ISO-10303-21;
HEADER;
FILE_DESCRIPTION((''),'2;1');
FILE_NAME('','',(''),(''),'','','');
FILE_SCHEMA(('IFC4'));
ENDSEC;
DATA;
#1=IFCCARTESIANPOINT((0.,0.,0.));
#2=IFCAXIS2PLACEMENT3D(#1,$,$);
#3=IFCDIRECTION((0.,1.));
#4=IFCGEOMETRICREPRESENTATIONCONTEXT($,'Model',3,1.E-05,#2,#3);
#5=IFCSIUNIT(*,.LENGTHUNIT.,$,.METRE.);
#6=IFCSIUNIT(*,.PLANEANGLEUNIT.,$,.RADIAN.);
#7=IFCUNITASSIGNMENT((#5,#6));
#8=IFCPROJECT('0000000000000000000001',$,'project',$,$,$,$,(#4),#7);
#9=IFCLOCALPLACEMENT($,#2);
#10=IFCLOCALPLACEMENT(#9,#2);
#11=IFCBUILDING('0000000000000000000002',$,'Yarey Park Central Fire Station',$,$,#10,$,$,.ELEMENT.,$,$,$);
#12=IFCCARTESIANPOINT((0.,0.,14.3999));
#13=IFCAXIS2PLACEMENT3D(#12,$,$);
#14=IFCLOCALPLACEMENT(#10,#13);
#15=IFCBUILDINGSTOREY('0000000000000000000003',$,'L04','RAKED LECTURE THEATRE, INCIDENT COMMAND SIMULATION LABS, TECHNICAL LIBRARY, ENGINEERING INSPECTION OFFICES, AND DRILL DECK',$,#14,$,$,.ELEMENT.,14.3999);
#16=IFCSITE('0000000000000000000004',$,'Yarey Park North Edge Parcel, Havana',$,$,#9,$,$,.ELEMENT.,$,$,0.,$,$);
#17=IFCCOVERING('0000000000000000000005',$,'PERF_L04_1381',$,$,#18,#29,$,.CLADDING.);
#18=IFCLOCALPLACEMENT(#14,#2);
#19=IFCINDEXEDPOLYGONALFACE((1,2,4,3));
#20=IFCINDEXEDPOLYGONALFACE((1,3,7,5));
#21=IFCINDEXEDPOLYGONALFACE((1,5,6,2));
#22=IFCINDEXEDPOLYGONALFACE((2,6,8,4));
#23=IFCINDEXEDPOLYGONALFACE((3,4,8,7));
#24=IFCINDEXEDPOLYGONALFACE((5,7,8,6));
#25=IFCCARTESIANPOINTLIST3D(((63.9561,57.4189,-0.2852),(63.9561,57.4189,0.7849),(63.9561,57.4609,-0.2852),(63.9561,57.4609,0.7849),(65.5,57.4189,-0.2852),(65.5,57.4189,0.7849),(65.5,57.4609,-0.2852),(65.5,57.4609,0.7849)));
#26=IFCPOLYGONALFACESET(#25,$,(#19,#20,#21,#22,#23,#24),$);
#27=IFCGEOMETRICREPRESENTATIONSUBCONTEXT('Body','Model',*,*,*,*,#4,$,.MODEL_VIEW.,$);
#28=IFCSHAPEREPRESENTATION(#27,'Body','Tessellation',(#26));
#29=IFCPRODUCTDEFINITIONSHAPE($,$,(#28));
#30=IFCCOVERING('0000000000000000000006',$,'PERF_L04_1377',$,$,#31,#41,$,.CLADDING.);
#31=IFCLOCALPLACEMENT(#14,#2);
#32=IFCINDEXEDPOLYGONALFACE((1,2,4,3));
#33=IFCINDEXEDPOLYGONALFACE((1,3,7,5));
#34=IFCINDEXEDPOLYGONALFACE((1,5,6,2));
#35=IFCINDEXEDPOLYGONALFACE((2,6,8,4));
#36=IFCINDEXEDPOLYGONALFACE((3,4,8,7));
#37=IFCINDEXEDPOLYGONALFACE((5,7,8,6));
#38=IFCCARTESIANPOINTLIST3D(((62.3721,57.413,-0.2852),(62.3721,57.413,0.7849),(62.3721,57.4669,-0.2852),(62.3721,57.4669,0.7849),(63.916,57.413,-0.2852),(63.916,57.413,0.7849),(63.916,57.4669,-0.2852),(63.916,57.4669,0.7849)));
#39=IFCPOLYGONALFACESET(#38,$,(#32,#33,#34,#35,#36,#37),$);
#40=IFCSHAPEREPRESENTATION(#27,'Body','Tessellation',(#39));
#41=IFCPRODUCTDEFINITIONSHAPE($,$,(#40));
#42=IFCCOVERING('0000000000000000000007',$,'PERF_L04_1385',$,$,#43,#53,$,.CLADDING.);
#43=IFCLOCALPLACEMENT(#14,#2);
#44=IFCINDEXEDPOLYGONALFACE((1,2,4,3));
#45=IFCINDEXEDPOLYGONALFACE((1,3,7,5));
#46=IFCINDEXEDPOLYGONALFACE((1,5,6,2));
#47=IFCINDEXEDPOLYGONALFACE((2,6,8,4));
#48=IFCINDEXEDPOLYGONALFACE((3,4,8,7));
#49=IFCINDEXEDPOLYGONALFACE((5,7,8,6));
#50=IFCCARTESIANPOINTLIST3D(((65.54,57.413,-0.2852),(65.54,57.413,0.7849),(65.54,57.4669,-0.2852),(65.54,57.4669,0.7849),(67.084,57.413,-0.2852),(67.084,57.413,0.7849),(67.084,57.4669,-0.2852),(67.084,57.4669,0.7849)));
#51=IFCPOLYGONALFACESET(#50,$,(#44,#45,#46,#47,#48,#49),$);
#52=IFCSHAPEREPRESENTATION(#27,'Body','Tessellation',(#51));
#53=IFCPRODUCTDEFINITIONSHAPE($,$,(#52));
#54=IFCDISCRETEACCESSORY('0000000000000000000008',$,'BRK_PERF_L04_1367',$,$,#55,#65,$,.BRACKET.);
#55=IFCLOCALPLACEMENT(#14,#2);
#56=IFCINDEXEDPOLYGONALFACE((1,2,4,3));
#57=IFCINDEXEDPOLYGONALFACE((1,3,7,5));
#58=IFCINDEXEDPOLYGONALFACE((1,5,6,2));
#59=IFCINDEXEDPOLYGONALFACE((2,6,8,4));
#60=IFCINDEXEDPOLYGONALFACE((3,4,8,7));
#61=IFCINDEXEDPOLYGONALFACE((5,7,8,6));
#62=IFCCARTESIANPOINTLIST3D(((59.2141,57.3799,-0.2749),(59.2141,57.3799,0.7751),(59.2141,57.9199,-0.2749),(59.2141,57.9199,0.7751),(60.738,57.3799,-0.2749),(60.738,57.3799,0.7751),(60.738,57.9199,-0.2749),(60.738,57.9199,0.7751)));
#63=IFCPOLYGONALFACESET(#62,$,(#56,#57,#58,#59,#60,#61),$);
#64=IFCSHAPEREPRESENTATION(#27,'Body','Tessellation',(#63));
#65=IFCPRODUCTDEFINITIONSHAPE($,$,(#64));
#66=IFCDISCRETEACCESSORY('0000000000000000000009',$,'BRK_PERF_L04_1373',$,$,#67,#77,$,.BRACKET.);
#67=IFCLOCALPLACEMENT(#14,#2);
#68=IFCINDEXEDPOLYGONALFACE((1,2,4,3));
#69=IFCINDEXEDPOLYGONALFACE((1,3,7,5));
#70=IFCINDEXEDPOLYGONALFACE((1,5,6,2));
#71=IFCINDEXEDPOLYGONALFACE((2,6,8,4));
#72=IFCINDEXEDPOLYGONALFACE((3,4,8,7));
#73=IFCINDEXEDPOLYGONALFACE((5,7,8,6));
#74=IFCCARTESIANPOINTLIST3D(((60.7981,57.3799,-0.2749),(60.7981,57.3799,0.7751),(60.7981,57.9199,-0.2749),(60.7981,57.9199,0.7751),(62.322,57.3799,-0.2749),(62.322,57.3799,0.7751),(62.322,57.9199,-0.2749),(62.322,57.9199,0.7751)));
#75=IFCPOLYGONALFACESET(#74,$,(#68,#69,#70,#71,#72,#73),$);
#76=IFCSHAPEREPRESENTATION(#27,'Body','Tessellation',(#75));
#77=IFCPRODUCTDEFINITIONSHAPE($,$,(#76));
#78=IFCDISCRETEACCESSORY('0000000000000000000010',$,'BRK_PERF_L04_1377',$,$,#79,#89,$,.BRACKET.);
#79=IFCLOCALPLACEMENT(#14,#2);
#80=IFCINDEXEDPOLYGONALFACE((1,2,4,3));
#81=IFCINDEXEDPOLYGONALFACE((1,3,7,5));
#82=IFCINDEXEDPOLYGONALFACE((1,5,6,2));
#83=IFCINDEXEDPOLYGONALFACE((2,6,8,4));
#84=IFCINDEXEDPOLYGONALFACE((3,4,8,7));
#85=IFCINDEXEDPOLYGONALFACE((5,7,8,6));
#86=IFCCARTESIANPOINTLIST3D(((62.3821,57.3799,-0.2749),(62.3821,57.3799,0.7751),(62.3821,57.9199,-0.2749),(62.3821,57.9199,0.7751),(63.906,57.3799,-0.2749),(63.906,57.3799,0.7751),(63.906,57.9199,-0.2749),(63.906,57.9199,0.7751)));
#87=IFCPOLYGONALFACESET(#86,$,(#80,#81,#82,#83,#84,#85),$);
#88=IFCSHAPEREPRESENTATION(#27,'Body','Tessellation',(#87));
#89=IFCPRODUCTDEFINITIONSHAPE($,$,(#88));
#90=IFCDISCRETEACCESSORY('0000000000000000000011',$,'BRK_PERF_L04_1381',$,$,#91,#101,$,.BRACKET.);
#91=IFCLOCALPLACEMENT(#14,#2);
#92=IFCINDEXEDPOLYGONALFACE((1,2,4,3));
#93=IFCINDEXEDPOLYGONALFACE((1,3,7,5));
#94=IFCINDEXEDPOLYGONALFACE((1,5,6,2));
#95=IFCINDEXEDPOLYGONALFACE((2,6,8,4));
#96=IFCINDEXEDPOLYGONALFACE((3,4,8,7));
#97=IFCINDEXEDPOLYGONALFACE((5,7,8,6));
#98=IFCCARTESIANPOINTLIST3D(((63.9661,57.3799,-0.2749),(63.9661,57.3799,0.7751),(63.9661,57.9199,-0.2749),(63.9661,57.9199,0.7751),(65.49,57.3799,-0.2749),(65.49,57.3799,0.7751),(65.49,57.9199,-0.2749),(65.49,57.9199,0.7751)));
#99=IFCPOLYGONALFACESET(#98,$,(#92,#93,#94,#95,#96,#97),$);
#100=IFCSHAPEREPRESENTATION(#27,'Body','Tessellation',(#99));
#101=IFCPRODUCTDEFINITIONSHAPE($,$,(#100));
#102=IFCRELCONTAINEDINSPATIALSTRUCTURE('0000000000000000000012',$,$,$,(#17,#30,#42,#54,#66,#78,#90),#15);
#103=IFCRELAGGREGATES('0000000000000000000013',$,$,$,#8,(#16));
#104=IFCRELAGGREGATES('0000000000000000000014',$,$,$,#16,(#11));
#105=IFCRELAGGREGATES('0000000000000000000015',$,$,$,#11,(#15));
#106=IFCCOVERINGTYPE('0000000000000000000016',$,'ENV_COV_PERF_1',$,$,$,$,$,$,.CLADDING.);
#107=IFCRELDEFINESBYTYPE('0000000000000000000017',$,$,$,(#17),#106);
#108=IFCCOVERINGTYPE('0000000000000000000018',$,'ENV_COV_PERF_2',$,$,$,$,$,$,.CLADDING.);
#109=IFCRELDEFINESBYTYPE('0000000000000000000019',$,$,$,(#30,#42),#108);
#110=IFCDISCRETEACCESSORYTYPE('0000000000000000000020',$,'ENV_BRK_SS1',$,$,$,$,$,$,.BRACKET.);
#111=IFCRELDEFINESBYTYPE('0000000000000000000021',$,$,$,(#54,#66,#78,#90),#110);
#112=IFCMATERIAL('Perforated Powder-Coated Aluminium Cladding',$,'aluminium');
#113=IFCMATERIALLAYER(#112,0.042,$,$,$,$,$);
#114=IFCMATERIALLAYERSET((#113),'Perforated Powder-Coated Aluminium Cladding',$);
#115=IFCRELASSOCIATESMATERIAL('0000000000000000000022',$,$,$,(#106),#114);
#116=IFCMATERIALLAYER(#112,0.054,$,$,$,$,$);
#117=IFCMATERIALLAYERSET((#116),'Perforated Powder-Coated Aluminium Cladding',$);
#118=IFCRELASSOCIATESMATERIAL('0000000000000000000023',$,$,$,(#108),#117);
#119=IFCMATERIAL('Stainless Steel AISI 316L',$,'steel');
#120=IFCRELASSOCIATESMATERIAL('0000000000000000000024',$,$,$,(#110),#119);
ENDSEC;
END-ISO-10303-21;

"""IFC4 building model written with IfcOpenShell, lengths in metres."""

from ifc_helpers import new_model, si_unit, direction, frame, origin, origin_2d, place, context, subcontext, project, spatial, rectangle, extrude, material, layer, layer_set, type_object, element, save


model = new_model("IFC4")

# Units and contexts
model_context = context("Model", 3, precision=1e-05, world=origin(), true_north=direction((0.0, 1.0)))
body_context = subcontext(model_context, "Body", "Model", "MODEL_VIEW")
ifc_project = project(units=[si_unit("LENGTHUNIT", "METRE"), si_unit("PLANEANGLEUNIT", "RADIAN")], contexts=[model_context])

# Site, building, storey
site_placement = place(None, origin())
site = spatial("IfcSite", under=ifc_project, at=site_placement, Name="Yarey Park North Edge Parcel, Havana", CompositionType="ELEMENT", RefElevation=0.0)
building_placement = place(site_placement, origin())
building = spatial("IfcBuilding", under=site, at=building_placement, Name="Yarey Park Central Fire Station", CompositionType="ELEMENT")
storey_placement = place(building_placement, frame((0.0, 0.0, 14.3999)))
storey = spatial("IfcBuildingStorey", under=building, at=storey_placement, Name="L04", Description="RAKED LECTURE THEATRE, INCIDENT COMMAND SIMULATION LABS, TECHNICAL LIBRARY, ENGINEERING INSPECTION OFFICES, AND DRILL DECK", CompositionType="ELEMENT", Elevation=14.3999)

# Coverings
ifc_material_1 = material(Name="Perforated Powder-Coated Aluminium Cladding", Category="aluminium")
ifc_layer_1 = layer(ifc_material_1, 0.042)
ifc_layer_set_1 = layer_set([ifc_layer_1], Name="Perforated Powder-Coated Aluminium Cladding")
covering_type_1 = type_object("IfcCoveringType", Name="ENV_COV_PERF_1", PredefinedType="CLADDING", material=ifc_layer_set_1)
for number, where, z_axis, x_axis, name in (
    (1, (64.728, 57.4399, -0.2852), (0.0, 0.0, 1.0), (1.0, 0.0, 0.0), "PERF_L04_1381"),
):
    element("IfcCovering", number, at=place(storey_placement, frame(where, z_axis=z_axis, x_axis=x_axis)), inside=storey, type_object=covering_type_1, Name=name, PredefinedType="CLADDING", context=body_context, shape_type="SweptSolid", body=[
        extrude(rectangle(XDim=1.5439, YDim=0.042, at=origin_2d()), origin(), (0.0, 0.0, 1.0), 1.0701),
    ])
ifc_layer_2 = layer(ifc_material_1, 0.054)
ifc_layer_set_2 = layer_set([ifc_layer_2], Name="Perforated Powder-Coated Aluminium Cladding")
covering_type_2 = type_object("IfcCoveringType", Name="ENV_COV_PERF_2", PredefinedType="CLADDING", material=ifc_layer_set_2)
for number, where, z_axis, x_axis, name in (
    (2, (63.144, 57.4399, -0.2852), (0.0, 0.0, 1.0), (1.0, 0.0, 0.0), "PERF_L04_1377"),
    (3, (66.312, 57.4399, -0.2852), (0.0, 0.0, 1.0), (1.0, 0.0, 0.0), "PERF_L04_1385"),
):
    element("IfcCovering", number, at=place(storey_placement, frame(where, z_axis=z_axis, x_axis=x_axis)), inside=storey, type_object=covering_type_2, Name=name, PredefinedType="CLADDING", context=body_context, shape_type="SweptSolid", body=[
        extrude(rectangle(XDim=1.5439, YDim=0.054, at=origin_2d()), origin(), (0.0, 0.0, 1.0), 1.0701),
    ])

# Discrete accessories
ifc_material_2 = material(Name="Stainless Steel AISI 316L", Category="steel")
discrete_accessory_type = type_object("IfcDiscreteAccessoryType", Name="ENV_BRK_SS1", PredefinedType="BRACKET", material=ifc_material_2)
for number, where, z_axis, x_axis, name in (
    (4, (59.9761, 57.6499, -0.2749), (0.0, 0.0, 1.0), (1.0, 0.0, 0.0), "BRK_PERF_L04_1367"),
    (5, (61.5601, 57.6499, -0.2749), (0.0, 0.0, 1.0), (1.0, 0.0, 0.0), "BRK_PERF_L04_1373"),
    (6, (63.144, 57.6499, -0.2749), (0.0, 0.0, 1.0), (1.0, 0.0, 0.0), "BRK_PERF_L04_1377"),
    (7, (64.728, 57.6499, -0.2749), (0.0, 0.0, 1.0), (1.0, 0.0, 0.0), "BRK_PERF_L04_1381"),
):
    element("IfcDiscreteAccessory", number, at=place(storey_placement, frame(where, z_axis=z_axis, x_axis=x_axis)), inside=storey, type_object=discrete_accessory_type, Name=name, PredefinedType="BRACKET", context=body_context, shape_type="SweptSolid", body=[
        extrude(rectangle(XDim=1.5239, YDim=0.54, at=origin_2d()), origin(), (0.0, 0.0, 1.0), 1.05),
    ])

save(model, "model.ifc")
